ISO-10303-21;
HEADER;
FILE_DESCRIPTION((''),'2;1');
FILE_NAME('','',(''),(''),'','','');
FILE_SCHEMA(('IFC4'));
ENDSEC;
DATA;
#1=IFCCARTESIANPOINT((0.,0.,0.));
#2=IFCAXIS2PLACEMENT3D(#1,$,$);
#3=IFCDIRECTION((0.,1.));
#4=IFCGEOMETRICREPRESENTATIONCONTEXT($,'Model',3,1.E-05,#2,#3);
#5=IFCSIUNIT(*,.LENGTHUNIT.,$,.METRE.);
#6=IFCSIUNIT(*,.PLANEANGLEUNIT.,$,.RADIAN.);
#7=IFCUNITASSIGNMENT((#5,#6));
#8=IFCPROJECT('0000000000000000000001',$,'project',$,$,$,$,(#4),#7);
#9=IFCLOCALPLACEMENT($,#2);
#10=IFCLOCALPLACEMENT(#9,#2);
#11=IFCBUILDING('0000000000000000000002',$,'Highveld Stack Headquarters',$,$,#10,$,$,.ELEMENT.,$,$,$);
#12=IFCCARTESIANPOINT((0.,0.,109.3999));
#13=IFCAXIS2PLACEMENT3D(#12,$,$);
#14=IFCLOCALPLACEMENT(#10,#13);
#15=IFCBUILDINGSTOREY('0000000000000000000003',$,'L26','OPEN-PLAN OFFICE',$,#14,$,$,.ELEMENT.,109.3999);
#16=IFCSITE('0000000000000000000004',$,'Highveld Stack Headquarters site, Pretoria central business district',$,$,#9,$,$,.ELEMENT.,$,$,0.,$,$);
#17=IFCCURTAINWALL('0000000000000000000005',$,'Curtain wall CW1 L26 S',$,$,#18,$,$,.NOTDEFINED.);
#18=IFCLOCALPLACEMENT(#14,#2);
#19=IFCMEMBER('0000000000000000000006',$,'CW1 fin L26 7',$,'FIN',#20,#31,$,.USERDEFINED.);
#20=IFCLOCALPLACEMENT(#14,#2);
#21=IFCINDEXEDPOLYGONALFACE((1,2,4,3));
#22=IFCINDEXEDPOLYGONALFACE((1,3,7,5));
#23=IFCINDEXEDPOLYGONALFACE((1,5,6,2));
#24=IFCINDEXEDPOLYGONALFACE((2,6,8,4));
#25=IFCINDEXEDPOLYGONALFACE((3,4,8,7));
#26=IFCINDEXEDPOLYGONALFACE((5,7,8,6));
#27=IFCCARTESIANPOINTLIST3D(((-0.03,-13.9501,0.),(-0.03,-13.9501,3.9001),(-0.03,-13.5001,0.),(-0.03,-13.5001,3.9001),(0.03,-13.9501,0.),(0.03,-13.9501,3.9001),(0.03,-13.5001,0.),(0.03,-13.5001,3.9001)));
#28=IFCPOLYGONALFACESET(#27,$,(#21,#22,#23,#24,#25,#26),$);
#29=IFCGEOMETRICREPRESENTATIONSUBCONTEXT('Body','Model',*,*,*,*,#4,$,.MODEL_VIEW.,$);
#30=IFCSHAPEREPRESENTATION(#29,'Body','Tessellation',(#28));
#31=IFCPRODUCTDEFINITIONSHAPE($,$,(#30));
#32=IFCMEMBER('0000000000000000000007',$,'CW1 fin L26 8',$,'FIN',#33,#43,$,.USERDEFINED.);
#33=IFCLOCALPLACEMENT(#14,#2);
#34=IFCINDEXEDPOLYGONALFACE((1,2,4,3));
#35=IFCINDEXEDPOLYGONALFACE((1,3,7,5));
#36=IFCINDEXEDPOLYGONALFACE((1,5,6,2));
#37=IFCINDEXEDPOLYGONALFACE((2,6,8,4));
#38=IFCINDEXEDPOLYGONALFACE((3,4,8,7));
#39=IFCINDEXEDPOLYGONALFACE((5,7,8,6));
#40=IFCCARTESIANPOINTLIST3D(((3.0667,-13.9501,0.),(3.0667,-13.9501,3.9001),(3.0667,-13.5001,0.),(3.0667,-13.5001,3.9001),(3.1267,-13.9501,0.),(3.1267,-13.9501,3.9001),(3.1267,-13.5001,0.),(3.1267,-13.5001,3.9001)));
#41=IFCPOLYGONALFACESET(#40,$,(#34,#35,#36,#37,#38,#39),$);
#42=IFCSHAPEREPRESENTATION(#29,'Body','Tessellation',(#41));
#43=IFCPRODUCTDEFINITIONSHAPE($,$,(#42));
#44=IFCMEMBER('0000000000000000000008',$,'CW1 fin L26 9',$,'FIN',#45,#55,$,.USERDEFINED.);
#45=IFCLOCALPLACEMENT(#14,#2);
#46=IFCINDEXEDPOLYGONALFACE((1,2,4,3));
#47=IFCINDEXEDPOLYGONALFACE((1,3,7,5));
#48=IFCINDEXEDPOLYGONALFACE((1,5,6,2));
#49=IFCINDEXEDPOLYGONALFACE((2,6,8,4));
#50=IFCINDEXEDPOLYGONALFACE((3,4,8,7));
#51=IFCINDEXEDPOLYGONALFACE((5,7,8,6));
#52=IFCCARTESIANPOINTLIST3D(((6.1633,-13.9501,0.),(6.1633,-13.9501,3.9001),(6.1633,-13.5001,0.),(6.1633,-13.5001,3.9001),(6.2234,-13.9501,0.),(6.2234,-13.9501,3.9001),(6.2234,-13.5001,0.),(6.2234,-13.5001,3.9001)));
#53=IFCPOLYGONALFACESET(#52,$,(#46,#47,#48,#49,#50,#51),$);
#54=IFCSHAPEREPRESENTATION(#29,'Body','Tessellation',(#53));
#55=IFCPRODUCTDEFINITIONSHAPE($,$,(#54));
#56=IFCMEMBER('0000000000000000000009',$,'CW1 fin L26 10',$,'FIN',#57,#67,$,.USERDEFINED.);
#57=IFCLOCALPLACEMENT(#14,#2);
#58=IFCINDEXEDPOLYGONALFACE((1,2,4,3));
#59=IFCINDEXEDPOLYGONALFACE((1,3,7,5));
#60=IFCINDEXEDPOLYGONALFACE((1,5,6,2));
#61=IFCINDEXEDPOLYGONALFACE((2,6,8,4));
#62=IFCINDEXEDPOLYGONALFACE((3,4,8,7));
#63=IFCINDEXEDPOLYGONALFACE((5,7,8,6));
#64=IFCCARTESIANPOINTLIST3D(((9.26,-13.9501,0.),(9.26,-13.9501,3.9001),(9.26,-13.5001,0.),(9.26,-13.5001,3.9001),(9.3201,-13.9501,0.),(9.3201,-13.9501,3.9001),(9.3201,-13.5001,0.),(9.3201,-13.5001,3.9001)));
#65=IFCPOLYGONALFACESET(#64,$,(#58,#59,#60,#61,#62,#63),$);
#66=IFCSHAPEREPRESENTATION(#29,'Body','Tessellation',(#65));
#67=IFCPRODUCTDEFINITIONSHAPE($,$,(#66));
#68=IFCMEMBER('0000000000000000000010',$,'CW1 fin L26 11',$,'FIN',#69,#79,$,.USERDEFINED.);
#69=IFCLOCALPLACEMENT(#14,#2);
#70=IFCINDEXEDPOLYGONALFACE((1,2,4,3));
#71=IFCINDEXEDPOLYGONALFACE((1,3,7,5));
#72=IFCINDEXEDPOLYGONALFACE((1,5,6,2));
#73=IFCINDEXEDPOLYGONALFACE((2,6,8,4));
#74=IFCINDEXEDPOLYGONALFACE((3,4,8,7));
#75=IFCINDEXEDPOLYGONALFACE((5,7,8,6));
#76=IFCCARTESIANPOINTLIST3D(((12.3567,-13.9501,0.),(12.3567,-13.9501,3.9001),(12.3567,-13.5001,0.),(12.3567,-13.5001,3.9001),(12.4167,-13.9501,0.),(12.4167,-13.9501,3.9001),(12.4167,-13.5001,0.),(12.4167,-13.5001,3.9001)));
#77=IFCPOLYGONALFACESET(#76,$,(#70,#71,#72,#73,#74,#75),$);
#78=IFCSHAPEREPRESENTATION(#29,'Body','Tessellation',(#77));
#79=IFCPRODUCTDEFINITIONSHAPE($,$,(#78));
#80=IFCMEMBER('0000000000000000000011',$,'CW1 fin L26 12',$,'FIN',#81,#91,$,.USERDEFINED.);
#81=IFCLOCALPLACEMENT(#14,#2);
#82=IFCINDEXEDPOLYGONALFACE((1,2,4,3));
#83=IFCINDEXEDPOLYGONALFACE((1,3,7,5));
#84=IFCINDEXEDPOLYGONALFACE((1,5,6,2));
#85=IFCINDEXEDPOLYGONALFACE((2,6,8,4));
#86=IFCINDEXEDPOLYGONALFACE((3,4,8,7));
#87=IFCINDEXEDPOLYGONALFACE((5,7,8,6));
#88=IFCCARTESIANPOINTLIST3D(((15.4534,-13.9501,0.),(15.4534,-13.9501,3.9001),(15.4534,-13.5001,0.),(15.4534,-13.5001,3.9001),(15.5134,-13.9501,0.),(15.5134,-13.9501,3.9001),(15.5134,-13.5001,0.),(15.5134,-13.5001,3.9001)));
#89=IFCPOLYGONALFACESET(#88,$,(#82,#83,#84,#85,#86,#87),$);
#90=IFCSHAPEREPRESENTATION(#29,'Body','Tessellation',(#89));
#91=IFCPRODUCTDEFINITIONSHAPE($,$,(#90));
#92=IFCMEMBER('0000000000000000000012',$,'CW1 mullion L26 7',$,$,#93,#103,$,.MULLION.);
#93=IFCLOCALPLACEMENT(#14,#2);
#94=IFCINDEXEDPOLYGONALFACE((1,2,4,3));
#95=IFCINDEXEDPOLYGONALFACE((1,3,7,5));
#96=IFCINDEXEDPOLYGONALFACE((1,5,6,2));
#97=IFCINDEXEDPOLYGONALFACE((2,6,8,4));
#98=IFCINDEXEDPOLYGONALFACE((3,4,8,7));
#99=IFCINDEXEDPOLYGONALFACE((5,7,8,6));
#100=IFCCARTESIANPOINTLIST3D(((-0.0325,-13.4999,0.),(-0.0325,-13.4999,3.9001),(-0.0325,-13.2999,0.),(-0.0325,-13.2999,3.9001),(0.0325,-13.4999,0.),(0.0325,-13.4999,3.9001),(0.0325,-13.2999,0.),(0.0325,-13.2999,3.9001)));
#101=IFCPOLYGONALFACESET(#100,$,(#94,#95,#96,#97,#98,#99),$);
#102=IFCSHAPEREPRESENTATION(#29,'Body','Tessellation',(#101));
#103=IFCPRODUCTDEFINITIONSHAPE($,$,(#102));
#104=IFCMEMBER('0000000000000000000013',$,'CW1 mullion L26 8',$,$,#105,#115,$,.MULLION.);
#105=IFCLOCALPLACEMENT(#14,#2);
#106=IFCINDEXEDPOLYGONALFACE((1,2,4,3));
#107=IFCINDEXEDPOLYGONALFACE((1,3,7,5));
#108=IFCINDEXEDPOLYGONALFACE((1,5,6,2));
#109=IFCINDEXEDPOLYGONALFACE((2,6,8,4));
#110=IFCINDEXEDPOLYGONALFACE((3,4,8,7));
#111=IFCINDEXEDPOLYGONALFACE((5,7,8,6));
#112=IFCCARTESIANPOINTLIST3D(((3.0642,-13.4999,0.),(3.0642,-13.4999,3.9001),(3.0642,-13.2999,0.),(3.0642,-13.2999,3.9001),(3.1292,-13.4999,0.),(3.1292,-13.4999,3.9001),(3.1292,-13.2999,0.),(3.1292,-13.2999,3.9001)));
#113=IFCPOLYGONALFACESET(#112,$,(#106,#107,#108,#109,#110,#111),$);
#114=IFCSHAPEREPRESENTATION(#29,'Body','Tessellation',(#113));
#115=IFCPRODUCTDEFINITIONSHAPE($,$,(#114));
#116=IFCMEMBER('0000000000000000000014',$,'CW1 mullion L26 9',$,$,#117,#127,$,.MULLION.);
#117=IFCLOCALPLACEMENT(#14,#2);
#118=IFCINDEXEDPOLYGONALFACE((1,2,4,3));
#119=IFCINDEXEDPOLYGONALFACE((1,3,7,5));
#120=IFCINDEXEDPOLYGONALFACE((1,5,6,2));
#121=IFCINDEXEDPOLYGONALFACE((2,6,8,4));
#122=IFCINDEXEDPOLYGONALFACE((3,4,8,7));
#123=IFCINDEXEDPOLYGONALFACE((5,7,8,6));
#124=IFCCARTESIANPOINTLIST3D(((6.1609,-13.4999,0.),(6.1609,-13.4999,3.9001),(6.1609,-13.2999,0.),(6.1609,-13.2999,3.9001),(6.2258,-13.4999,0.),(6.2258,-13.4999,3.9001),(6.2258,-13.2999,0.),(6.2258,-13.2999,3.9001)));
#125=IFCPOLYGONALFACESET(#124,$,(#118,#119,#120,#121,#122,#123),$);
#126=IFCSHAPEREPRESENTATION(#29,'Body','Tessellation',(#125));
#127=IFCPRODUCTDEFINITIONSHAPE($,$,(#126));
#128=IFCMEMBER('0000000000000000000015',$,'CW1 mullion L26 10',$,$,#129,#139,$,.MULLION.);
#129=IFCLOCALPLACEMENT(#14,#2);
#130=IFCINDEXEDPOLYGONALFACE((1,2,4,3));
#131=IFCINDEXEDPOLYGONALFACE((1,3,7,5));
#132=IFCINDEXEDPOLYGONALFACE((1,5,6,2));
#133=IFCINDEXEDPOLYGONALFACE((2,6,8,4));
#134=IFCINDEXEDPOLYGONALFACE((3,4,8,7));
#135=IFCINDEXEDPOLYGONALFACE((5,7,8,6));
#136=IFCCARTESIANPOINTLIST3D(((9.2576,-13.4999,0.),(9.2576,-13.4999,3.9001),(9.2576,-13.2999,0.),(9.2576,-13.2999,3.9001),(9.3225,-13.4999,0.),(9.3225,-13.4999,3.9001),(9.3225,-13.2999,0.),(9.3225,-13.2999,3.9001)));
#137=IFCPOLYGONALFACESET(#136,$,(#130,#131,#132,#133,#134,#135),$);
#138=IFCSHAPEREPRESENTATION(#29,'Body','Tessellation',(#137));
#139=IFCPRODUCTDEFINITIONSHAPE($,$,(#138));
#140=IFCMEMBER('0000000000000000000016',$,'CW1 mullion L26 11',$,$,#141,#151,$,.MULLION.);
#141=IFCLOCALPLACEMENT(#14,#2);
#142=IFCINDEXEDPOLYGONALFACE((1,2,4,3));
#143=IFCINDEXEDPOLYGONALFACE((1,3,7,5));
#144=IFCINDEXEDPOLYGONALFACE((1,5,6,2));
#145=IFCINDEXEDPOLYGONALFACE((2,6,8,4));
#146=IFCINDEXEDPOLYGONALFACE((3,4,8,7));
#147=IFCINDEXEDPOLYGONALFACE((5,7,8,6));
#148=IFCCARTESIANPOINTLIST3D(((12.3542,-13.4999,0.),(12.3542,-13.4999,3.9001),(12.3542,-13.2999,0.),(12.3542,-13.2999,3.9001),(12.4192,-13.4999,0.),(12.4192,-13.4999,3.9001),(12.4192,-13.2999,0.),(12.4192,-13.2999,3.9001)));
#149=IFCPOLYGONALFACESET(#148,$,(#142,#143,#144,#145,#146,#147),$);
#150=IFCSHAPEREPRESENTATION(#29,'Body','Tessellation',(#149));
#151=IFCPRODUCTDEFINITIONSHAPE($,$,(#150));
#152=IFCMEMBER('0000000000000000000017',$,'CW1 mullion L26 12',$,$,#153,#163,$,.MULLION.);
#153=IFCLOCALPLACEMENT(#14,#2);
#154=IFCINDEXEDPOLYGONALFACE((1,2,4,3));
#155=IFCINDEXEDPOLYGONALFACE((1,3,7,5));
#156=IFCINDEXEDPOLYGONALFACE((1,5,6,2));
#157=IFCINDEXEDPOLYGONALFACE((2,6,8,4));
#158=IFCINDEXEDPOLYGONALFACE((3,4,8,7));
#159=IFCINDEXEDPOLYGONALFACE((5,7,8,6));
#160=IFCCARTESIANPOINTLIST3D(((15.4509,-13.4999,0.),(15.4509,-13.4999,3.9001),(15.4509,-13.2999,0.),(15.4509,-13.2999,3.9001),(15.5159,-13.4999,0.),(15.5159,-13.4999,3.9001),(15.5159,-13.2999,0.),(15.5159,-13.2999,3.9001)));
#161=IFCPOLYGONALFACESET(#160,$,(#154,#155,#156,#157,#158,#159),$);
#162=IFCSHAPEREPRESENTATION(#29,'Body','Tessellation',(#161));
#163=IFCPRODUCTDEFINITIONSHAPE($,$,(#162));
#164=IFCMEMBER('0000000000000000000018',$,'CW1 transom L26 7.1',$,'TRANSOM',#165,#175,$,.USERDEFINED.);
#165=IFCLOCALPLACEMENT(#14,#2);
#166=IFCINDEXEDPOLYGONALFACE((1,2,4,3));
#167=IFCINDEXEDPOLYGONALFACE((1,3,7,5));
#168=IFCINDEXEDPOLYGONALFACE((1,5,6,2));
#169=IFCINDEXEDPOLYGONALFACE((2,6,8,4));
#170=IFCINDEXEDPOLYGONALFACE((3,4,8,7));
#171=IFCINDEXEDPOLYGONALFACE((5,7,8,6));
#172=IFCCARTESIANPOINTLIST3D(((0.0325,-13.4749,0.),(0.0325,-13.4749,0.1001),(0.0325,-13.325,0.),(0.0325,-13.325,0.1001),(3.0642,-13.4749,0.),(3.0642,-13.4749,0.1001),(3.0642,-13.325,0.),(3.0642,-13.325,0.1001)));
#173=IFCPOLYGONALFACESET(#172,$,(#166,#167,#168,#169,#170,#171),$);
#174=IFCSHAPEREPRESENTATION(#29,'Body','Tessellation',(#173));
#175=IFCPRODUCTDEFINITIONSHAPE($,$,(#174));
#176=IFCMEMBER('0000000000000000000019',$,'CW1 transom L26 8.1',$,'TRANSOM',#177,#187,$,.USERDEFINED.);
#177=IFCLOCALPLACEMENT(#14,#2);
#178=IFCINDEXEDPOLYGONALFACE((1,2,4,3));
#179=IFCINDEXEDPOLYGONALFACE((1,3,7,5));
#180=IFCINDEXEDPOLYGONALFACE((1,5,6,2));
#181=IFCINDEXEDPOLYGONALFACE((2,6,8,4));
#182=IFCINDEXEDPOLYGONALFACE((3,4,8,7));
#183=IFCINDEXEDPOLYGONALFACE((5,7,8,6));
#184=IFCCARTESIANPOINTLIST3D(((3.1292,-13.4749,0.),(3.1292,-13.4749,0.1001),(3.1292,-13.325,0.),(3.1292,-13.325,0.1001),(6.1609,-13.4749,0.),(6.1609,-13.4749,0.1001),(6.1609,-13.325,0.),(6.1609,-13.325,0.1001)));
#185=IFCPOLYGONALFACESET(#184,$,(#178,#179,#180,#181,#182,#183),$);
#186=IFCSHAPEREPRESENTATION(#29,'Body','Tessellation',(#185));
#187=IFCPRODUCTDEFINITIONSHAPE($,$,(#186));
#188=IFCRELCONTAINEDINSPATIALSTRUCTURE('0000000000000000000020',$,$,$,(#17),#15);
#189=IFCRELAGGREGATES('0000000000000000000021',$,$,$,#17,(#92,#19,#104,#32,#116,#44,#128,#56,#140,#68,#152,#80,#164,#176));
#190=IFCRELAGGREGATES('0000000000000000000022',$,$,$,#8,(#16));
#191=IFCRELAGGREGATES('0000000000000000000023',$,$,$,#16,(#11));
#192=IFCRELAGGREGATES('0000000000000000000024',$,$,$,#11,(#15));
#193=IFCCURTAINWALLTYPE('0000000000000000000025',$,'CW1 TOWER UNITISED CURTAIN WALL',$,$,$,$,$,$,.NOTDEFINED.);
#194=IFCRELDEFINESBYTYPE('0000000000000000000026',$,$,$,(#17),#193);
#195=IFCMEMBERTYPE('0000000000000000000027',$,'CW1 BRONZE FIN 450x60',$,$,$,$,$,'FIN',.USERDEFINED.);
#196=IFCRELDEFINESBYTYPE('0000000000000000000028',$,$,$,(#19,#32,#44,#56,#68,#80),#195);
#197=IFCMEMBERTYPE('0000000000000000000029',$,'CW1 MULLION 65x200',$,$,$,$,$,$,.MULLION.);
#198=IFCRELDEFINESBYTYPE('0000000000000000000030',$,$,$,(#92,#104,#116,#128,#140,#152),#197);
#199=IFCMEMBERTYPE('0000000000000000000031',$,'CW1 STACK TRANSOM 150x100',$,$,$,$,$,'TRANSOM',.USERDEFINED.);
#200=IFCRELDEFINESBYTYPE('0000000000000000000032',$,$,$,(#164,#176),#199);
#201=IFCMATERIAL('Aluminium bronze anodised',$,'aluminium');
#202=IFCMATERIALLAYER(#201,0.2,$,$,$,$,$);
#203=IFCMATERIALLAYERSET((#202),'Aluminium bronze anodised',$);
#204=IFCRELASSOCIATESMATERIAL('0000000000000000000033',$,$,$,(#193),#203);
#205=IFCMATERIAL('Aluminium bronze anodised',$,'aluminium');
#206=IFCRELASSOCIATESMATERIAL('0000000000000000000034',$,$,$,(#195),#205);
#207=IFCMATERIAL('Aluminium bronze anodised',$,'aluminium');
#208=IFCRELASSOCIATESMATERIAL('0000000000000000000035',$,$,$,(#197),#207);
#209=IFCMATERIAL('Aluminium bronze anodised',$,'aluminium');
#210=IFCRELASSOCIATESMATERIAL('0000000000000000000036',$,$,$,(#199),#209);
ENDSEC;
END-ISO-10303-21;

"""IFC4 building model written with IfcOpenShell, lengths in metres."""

from ifc_helpers import new_model, si_unit, direction, frame, origin, origin_2d, place, context, subcontext, project, spatial, rectangle, extrude, material, layer, layer_set, material_profile, profile_set, type_object, element, aggregate, save


model = new_model("IFC4")

# Units and contexts
model_context = context("Model", 3, precision=1e-05, world=origin(), true_north=direction((0.0, 1.0)))
body_context = subcontext(model_context, "Body", "Model", "MODEL_VIEW")
ifc_project = project(units=[si_unit("LENGTHUNIT", "METRE"), si_unit("PLANEANGLEUNIT", "RADIAN")], contexts=[model_context])

# Site, building, storey
site_placement = place(None, origin())
site = spatial("IfcSite", under=ifc_project, at=site_placement, Name="Highveld Stack Headquarters site, Pretoria central business district", CompositionType="ELEMENT", RefElevation=0.0)
building_placement = place(site_placement, origin())
building = spatial("IfcBuilding", under=site, at=building_placement, Name="Highveld Stack Headquarters", CompositionType="ELEMENT")
storey_placement = place(building_placement, frame((0.0, 0.0, 109.3999)))
storey = spatial("IfcBuildingStorey", under=building, at=storey_placement, Name="L26", Description="OPEN-PLAN OFFICE", CompositionType="ELEMENT", Elevation=109.3999)

# Curtain wall, members
ifc_material_1 = material(Name="Aluminium bronze anodised", Category="aluminium")
ifc_layer_1 = layer(ifc_material_1, 0.2)
ifc_layer_set_1 = layer_set([ifc_layer_1], Name="Aluminium bronze anodised")
curtain_wall_type = type_object("IfcCurtainWallType", Name="CW1 TOWER UNITISED CURTAIN WALL", PredefinedType="NOTDEFINED", material=ifc_layer_set_1)
curtain_wall_placement = place(storey_placement, origin())
curtain_wall = element("IfcCurtainWall", 1, at=curtain_wall_placement, inside=storey, type_object=curtain_wall_type, Name="Curtain wall CW1 L26 S", PredefinedType="NOTDEFINED")
ifc_material_2 = material(Name="Aluminium bronze anodised", Category="aluminium")
ifc_material_profile_1 = material_profile(ifc_material_2, rectangle(XDim=0.45, YDim=0.0601, at=origin_2d()), Name="FIN 450x60")
ifc_profile_set_1 = profile_set([ifc_material_profile_1], Name="Aluminium bronze anodised")
member_type_1 = type_object("IfcMemberType", Name="CW1 BRONZE FIN 450x60", ElementType="FIN", PredefinedType="USERDEFINED", material=ifc_profile_set_1)
member_1_placement = place(storey_placement, frame((0.0, -13.7251, 0.0), z_axis=(0.0, 0.0, 1.0), x_axis=(0.0, 1.0, 0.0)))
member_1 = element("IfcMember", 2, at=member_1_placement, type_object=member_type_1, Name="CW1 fin L26 7", ObjectType="FIN", PredefinedType="USERDEFINED", context=body_context, shape_type="SweptSolid", body=[
    extrude(rectangle(XDim=0.45, YDim=0.0601, at=origin_2d()), origin(), (0.0, 0.0, 1.0), 3.9001),
])
member_2_placement = place(storey_placement, frame((3.0967, -13.7251, 0.0), z_axis=(0.0, 0.0, 1.0), x_axis=(0.0, 1.0, 0.0)))
member_2 = element("IfcMember", 3, at=member_2_placement, type_object=member_type_1, Name="CW1 fin L26 8", ObjectType="FIN", PredefinedType="USERDEFINED", context=body_context, shape_type="SweptSolid", body=[
    extrude(rectangle(XDim=0.45, YDim=0.0601, at=origin_2d()), origin(), (0.0, 0.0, 1.0), 3.9001),
])
member_3_placement = place(storey_placement, frame((6.1934, -13.7251, 0.0), z_axis=(0.0, 0.0, 1.0), x_axis=(0.0, 1.0, 0.0)))
member_3 = element("IfcMember", 4, at=member_3_placement, type_object=member_type_1, Name="CW1 fin L26 9", ObjectType="FIN", PredefinedType="USERDEFINED", context=body_context, shape_type="SweptSolid", body=[
    extrude(rectangle(XDim=0.45, YDim=0.0601, at=origin_2d()), origin(), (0.0, 0.0, 1.0), 3.9001),
])
member_4_placement = place(storey_placement, frame((9.29, -13.7251, 0.0), z_axis=(0.0, 0.0, 1.0), x_axis=(0.0, 1.0, 0.0)))
member_4 = element("IfcMember", 5, at=member_4_placement, type_object=member_type_1, Name="CW1 fin L26 10", ObjectType="FIN", PredefinedType="USERDEFINED", context=body_context, shape_type="SweptSolid", body=[
    extrude(rectangle(XDim=0.45, YDim=0.0601, at=origin_2d()), origin(), (0.0, 0.0, 1.0), 3.9001),
])
member_5_placement = place(storey_placement, frame((12.3867, -13.7251, 0.0), z_axis=(0.0, 0.0, 1.0), x_axis=(0.0, 1.0, 0.0)))
member_5 = element("IfcMember", 6, at=member_5_placement, type_object=member_type_1, Name="CW1 fin L26 11", ObjectType="FIN", PredefinedType="USERDEFINED", context=body_context, shape_type="SweptSolid", body=[
    extrude(rectangle(XDim=0.45, YDim=0.0601, at=origin_2d()), origin(), (0.0, 0.0, 1.0), 3.9001),
])
member_6_placement = place(storey_placement, frame((15.4834, -13.7251, 0.0), z_axis=(0.0, 0.0, 1.0), x_axis=(0.0, 1.0, 0.0)))
member_6 = element("IfcMember", 7, at=member_6_placement, type_object=member_type_1, Name="CW1 fin L26 12", ObjectType="FIN", PredefinedType="USERDEFINED", context=body_context, shape_type="SweptSolid", body=[
    extrude(rectangle(XDim=0.45, YDim=0.0601, at=origin_2d()), origin(), (0.0, 0.0, 1.0), 3.9001),
])
ifc_material_3 = material(Name="Aluminium bronze anodised", Category="aluminium")
ifc_material_profile_2 = material_profile(ifc_material_3, rectangle(XDim=0.2, YDim=0.0649, at=origin_2d()), Name="CW1 MULLION 65x200")
ifc_profile_set_2 = profile_set([ifc_material_profile_2], Name="Aluminium bronze anodised")
member_type_2 = type_object("IfcMemberType", Name="CW1 MULLION 65x200", PredefinedType="MULLION", material=ifc_profile_set_2)
member_7_placement = place(storey_placement, frame((0.0, -13.3999, 0.0), z_axis=(0.0, 0.0, 1.0), x_axis=(0.0, 1.0, 0.0)))
member_7 = element("IfcMember", 8, at=member_7_placement, type_object=member_type_2, Name="CW1 mullion L26 7", PredefinedType="MULLION", context=body_context, shape_type="SweptSolid", body=[
    extrude(rectangle(XDim=0.2, YDim=0.0649, at=origin_2d()), origin(), (0.0, 0.0, 1.0), 3.9001),
])
member_8_placement = place(storey_placement, frame((3.0967, -13.3999, 0.0), z_axis=(0.0, 0.0, 1.0), x_axis=(0.0, 1.0, 0.0)))
member_8 = element("IfcMember", 9, at=member_8_placement, type_object=member_type_2, Name="CW1 mullion L26 8", PredefinedType="MULLION", context=body_context, shape_type="SweptSolid", body=[
    extrude(rectangle(XDim=0.2, YDim=0.0649, at=origin_2d()), origin(), (0.0, 0.0, 1.0), 3.9001),
])
member_9_placement = place(storey_placement, frame((6.1934, -13.3999, 0.0), z_axis=(0.0, 0.0, 1.0), x_axis=(0.0, 1.0, 0.0)))
member_9 = element("IfcMember", 10, at=member_9_placement, type_object=member_type_2, Name="CW1 mullion L26 9", PredefinedType="MULLION", context=body_context, shape_type="SweptSolid", body=[
    extrude(rectangle(XDim=0.2, YDim=0.0649, at=origin_2d()), origin(), (0.0, 0.0, 1.0), 3.9001),
])
member_10_placement = place(storey_placement, frame((9.29, -13.3999, 0.0), z_axis=(0.0, 0.0, 1.0), x_axis=(0.0, 1.0, 0.0)))
member_10 = element("IfcMember", 11, at=member_10_placement, type_object=member_type_2, Name="CW1 mullion L26 10", PredefinedType="MULLION", context=body_context, shape_type="SweptSolid", body=[
    extrude(rectangle(XDim=0.2, YDim=0.0649, at=origin_2d()), origin(), (0.0, 0.0, 1.0), 3.9001),
])
member_11_placement = place(storey_placement, frame((12.3867, -13.3999, 0.0), z_axis=(0.0, 0.0, 1.0), x_axis=(0.0, 1.0, 0.0)))
member_11 = element("IfcMember", 12, at=member_11_placement, type_object=member_type_2, Name="CW1 mullion L26 11", PredefinedType="MULLION", context=body_context, shape_type="SweptSolid", body=[
    extrude(rectangle(XDim=0.2, YDim=0.0649, at=origin_2d()), origin(), (0.0, 0.0, 1.0), 3.9001),
])
member_12_placement = place(storey_placement, frame((15.4834, -13.3999, 0.0), z_axis=(0.0, 0.0, 1.0), x_axis=(0.0, 1.0, 0.0)))
member_12 = element("IfcMember", 13, at=member_12_placement, type_object=member_type_2, Name="CW1 mullion L26 12", PredefinedType="MULLION", context=body_context, shape_type="SweptSolid", body=[
    extrude(rectangle(XDim=0.2, YDim=0.0649, at=origin_2d()), origin(), (0.0, 0.0, 1.0), 3.9001),
])
ifc_material_4 = material(Name="Aluminium bronze anodised", Category="aluminium")
ifc_material_profile_3 = material_profile(ifc_material_4, rectangle(XDim=0.1499, YDim=0.1001, at=origin_2d()), Name="CW1 TRANSOM 150x100")
ifc_profile_set_3 = profile_set([ifc_material_profile_3], Name="Aluminium bronze anodised")
member_type_3 = type_object("IfcMemberType", Name="CW1 STACK TRANSOM 150x100", ElementType="TRANSOM", PredefinedType="USERDEFINED", material=ifc_profile_set_3)
member_13_placement = place(storey_placement, frame((0.0325, -13.3999, 0.05), z_axis=(1.0, 0.0, 0.0), x_axis=(0.0, 1.0, 0.0)))
member_13 = element("IfcMember", 14, at=member_13_placement, type_object=member_type_3, Name="CW1 transom L26 7.1", ObjectType="TRANSOM", PredefinedType="USERDEFINED", context=body_context, shape_type="SweptSolid", body=[
    extrude(rectangle(XDim=0.1499, YDim=0.1001, at=origin_2d()), origin(), (0.0, 0.0, 1.0), 3.0317),
])
member_14_placement = place(storey_placement, frame((3.1292, -13.3999, 0.05), z_axis=(1.0, 0.0, 0.0), x_axis=(0.0, 1.0, 0.0)))
member_14 = element("IfcMember", 15, at=member_14_placement, type_object=member_type_3, Name="CW1 transom L26 8.1", ObjectType="TRANSOM", PredefinedType="USERDEFINED", context=body_context, shape_type="SweptSolid", body=[
    extrude(rectangle(XDim=0.1499, YDim=0.1001, at=origin_2d()), origin(), (0.0, 0.0, 1.0), 3.0317),
])
aggregate(curtain_wall, [member_7, member_1, member_8, member_2, member_9, member_3, member_10, member_4, member_11, member_5, member_12, member_6, member_13, member_14])

save(model, "model.ifc")
